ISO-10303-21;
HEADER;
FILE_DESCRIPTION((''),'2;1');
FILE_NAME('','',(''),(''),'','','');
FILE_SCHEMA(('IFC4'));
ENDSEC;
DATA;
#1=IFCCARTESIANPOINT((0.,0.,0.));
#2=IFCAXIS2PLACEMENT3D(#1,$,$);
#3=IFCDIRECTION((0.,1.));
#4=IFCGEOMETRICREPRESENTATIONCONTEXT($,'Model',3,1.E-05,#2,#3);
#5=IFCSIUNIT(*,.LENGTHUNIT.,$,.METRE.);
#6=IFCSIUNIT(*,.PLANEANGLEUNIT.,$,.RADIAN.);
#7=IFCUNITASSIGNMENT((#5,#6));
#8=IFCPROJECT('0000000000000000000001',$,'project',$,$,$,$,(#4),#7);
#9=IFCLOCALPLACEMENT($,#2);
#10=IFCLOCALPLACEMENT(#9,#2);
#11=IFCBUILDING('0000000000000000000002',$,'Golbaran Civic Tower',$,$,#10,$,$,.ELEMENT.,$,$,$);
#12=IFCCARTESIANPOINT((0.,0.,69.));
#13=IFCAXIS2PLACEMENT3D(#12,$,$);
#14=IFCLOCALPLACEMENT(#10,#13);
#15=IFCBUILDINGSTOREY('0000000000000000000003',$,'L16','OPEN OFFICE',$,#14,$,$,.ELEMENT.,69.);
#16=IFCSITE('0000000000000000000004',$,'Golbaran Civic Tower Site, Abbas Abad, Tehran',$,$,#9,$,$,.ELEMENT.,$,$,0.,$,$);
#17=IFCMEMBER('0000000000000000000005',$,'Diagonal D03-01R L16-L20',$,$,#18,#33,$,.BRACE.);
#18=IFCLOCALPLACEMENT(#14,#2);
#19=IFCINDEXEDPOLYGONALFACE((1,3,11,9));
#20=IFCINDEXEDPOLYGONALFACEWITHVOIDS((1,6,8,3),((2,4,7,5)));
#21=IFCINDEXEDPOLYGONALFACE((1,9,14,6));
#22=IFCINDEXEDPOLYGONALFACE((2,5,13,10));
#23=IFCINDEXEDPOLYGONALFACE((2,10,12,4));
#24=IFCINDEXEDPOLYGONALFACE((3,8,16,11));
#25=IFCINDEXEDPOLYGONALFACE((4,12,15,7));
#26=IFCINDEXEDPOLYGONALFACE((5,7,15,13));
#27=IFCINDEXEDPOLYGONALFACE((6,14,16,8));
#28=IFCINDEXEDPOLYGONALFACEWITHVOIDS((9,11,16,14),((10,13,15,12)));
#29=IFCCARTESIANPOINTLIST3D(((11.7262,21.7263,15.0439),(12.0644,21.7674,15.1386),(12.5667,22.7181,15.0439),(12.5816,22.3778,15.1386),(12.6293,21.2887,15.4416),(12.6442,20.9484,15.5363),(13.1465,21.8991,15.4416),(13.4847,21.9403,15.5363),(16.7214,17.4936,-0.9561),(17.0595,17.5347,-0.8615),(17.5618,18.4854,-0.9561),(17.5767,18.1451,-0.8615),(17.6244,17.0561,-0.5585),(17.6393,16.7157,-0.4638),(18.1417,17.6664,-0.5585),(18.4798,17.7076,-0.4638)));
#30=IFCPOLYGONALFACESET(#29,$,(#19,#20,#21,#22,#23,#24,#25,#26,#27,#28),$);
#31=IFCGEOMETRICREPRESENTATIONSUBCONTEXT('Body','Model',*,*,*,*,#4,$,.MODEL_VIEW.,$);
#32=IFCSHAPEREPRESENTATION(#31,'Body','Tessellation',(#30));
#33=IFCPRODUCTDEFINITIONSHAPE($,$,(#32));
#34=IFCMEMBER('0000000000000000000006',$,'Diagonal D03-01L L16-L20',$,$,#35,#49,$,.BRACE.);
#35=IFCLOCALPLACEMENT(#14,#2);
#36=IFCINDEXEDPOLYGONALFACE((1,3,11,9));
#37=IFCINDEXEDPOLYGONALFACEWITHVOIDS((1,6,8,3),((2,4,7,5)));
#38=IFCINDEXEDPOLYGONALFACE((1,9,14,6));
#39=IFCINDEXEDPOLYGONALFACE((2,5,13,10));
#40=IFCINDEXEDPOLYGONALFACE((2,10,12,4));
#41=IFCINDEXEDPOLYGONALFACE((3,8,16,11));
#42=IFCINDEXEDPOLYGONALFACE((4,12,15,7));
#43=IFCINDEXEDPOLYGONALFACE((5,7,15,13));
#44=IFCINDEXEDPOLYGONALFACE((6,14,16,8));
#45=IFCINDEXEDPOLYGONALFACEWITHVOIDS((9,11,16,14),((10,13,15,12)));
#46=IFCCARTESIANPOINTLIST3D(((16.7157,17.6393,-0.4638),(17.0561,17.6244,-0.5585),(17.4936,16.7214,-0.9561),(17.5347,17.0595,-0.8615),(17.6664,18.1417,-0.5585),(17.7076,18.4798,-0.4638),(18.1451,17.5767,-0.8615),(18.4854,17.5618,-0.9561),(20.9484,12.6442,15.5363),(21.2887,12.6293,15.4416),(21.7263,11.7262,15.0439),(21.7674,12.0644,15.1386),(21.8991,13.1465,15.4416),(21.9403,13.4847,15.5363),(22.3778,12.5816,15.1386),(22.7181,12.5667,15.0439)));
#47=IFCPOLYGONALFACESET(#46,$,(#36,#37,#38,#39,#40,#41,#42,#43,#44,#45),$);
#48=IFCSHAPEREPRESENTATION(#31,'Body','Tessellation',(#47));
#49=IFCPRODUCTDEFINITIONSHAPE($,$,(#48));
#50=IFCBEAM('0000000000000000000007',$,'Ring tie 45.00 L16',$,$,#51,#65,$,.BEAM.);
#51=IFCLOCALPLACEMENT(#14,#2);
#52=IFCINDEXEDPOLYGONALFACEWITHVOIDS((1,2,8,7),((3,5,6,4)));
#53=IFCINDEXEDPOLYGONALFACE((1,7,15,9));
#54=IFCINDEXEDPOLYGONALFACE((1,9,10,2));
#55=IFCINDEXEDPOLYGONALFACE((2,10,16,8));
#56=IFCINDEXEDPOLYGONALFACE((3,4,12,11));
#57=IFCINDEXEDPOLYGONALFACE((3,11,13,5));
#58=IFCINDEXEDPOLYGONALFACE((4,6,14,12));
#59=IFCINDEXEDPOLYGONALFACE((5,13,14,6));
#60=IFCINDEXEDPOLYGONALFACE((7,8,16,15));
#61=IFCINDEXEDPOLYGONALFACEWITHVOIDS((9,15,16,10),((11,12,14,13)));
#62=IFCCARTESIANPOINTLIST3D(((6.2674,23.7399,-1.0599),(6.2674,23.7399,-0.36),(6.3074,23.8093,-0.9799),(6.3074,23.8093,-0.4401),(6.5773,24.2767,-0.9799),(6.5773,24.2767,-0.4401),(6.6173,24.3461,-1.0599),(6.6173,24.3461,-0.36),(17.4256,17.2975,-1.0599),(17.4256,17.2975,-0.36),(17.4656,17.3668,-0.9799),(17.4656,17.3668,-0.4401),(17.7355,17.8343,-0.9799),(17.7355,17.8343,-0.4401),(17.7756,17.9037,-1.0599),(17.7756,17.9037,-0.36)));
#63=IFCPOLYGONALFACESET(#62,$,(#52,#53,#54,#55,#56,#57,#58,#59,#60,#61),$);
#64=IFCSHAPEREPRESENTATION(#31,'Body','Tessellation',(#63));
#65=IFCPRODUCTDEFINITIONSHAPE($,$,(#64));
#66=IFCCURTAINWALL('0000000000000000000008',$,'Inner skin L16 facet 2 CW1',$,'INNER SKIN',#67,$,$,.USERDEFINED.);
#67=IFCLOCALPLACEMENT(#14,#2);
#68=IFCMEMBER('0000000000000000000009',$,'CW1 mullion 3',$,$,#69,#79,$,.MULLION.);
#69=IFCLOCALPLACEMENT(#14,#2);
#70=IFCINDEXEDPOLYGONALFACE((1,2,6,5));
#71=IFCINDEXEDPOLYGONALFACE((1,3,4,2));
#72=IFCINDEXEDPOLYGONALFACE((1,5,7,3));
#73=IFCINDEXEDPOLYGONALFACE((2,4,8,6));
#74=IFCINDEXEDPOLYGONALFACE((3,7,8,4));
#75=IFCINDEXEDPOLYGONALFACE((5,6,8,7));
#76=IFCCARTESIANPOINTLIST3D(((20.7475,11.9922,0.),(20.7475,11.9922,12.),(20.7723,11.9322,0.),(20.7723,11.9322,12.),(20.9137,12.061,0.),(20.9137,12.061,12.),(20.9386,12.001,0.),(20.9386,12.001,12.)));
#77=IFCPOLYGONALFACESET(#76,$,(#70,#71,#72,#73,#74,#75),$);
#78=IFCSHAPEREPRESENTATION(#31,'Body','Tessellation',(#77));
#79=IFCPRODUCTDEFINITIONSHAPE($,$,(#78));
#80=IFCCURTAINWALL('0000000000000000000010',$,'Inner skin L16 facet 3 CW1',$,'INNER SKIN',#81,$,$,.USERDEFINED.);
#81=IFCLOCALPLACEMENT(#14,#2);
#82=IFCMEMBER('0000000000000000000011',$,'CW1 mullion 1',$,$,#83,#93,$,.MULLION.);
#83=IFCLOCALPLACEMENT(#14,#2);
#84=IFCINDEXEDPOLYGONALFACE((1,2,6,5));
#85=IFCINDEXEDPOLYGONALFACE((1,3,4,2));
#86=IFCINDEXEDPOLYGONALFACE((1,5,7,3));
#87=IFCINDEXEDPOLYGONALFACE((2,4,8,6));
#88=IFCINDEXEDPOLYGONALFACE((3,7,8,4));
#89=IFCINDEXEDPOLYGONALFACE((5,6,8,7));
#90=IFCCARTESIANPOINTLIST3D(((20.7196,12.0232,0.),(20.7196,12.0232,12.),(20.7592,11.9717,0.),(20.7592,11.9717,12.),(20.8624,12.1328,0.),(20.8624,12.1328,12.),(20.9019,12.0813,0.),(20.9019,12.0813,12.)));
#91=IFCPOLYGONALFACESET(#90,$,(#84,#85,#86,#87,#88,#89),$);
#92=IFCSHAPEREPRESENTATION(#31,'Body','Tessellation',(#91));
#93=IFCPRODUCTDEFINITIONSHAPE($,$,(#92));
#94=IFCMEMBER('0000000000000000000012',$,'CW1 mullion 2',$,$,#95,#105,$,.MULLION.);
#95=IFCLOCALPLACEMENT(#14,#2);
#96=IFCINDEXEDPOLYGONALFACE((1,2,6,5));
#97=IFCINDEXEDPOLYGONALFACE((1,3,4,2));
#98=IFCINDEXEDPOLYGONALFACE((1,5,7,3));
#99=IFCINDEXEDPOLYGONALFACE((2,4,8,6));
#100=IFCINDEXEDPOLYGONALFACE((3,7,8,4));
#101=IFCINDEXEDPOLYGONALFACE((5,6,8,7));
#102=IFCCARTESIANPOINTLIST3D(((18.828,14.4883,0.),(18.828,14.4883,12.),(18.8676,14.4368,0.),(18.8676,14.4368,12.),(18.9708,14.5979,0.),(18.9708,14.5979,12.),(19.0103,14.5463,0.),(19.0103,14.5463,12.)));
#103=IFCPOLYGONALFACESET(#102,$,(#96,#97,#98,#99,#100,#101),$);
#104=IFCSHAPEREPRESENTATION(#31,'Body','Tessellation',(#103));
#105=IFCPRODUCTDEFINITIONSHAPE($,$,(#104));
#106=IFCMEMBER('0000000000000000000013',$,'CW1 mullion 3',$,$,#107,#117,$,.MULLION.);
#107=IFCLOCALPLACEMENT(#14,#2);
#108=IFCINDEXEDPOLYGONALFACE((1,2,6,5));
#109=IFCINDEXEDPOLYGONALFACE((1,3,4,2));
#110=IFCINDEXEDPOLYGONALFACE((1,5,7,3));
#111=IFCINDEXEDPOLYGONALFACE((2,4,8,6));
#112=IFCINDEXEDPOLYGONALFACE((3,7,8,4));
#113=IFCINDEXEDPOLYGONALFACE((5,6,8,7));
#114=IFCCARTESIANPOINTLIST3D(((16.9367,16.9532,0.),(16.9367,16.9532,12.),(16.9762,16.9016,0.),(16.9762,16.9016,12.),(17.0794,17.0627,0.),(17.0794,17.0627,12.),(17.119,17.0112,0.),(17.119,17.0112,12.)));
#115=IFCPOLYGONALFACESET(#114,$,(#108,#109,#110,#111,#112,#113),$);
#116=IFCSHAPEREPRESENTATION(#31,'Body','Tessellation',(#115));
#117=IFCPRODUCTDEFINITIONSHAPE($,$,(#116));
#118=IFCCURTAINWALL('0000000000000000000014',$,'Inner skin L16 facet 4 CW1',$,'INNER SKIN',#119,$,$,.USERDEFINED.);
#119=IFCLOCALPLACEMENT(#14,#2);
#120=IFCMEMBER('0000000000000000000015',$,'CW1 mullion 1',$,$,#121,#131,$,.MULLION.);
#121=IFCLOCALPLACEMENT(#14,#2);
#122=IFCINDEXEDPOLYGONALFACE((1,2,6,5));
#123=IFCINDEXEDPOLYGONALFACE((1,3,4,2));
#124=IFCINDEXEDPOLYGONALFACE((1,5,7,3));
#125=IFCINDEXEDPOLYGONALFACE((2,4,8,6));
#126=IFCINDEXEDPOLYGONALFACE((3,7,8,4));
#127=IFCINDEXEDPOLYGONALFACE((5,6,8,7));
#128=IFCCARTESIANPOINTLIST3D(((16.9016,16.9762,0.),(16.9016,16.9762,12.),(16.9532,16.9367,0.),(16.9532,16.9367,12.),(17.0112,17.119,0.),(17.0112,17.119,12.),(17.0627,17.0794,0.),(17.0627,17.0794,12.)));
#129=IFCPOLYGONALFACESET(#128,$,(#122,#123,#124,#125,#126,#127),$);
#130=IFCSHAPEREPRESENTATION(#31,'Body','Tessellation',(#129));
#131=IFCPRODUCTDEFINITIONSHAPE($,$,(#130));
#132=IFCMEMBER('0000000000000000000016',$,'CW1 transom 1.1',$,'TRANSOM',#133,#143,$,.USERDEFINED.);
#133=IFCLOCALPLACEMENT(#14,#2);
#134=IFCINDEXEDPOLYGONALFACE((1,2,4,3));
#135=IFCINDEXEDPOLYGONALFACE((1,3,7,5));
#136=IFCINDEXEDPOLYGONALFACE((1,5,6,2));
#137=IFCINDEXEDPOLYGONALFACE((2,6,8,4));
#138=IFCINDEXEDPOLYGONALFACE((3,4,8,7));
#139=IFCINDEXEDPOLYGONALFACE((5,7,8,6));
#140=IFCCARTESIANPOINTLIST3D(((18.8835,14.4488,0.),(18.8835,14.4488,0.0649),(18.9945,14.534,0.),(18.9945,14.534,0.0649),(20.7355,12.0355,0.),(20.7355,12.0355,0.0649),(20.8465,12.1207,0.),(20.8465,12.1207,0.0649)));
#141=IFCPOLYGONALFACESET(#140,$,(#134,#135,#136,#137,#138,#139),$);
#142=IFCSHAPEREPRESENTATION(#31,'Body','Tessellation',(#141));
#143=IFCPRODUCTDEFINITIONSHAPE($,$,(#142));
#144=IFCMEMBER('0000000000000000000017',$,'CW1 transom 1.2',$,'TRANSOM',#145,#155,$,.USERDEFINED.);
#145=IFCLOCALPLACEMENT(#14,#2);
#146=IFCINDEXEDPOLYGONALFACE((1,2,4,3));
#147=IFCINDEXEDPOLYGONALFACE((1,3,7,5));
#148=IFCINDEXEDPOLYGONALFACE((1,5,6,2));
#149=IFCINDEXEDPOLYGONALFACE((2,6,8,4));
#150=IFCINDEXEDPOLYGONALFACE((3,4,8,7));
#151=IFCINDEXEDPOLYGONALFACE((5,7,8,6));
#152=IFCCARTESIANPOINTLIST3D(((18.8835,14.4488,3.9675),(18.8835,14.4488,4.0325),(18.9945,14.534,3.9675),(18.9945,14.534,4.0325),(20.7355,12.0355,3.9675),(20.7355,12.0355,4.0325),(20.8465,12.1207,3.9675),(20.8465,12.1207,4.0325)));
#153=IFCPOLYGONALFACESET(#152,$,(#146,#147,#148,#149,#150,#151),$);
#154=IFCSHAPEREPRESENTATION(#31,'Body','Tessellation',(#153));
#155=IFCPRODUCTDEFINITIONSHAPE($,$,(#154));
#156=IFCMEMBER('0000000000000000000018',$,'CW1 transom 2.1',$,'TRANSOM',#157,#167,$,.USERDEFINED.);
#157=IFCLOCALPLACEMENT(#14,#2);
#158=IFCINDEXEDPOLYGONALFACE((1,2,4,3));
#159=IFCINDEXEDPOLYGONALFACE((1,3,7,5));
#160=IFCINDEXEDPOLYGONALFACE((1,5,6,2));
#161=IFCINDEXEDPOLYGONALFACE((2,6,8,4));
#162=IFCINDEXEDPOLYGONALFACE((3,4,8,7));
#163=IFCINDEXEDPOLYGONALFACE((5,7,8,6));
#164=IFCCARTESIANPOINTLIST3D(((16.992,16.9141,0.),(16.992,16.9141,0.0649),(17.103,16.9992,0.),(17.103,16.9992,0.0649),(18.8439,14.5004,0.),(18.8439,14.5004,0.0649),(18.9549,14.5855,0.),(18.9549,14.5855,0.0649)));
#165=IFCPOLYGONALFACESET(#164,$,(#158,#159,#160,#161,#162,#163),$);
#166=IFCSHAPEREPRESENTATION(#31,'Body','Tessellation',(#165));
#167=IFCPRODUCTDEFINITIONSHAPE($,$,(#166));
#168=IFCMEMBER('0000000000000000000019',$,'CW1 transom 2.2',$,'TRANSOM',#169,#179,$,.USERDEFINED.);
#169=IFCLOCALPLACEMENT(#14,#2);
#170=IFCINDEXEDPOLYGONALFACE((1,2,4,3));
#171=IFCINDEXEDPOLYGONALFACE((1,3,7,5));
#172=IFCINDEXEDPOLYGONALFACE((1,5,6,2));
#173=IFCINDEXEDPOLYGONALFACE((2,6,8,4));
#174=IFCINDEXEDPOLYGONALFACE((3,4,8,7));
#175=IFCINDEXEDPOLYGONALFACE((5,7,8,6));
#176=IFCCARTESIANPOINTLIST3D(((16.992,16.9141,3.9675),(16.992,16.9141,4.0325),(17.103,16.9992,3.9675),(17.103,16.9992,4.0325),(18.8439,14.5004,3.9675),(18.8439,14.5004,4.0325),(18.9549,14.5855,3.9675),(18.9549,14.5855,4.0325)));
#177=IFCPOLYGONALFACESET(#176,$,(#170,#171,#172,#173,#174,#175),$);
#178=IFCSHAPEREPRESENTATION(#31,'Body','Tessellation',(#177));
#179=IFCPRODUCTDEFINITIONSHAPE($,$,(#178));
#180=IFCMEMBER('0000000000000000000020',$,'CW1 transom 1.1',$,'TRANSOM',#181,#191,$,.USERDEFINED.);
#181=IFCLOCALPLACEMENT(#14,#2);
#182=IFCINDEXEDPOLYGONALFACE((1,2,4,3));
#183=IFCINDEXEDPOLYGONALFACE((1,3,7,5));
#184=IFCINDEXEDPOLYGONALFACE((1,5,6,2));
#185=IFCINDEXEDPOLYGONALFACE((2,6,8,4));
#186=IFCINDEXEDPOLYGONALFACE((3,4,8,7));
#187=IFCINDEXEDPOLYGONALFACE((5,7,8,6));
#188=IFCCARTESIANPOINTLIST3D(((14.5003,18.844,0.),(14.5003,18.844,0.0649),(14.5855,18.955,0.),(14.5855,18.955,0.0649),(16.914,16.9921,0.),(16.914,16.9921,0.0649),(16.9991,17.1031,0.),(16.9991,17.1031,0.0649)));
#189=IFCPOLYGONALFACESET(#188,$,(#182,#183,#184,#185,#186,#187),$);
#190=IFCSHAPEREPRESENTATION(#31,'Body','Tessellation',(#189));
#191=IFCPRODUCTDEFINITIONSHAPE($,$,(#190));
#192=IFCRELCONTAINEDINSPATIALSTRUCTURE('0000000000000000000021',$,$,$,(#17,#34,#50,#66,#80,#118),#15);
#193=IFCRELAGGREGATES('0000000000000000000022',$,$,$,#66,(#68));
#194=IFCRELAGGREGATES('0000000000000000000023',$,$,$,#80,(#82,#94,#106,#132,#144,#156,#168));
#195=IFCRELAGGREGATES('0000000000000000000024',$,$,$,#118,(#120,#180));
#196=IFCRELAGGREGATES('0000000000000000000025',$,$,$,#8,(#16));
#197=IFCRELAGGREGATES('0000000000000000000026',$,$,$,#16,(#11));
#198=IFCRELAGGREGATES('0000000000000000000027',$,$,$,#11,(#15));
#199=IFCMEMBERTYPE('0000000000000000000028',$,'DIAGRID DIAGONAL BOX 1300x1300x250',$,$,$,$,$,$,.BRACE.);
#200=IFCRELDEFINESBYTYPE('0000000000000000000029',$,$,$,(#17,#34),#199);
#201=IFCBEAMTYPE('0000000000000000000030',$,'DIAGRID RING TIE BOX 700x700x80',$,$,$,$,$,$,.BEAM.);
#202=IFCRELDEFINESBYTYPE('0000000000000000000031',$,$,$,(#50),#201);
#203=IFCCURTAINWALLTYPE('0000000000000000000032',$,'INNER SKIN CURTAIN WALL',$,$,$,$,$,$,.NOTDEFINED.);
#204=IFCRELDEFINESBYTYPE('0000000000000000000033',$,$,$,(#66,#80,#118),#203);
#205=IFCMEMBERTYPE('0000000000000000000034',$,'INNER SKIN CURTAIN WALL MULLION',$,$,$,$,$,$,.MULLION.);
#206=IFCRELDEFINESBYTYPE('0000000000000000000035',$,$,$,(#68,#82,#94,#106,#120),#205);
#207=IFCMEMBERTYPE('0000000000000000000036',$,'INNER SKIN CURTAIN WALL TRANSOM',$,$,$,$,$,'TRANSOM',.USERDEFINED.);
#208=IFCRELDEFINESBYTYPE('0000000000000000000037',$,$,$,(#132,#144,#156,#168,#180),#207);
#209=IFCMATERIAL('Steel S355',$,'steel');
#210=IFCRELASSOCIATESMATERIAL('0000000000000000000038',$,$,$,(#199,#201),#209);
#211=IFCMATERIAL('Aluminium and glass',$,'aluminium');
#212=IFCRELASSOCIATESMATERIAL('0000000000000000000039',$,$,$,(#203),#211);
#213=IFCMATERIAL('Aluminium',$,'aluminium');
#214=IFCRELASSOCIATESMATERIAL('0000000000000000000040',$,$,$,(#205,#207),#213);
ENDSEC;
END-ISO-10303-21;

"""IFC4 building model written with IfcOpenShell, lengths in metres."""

from ifc_helpers import new_model, si_unit, direction, frame, origin, origin_2d, place, context, subcontext, project, spatial, rectangle, hollow_rectangle, extrude, material, material_profile, profile_set, type_object, element, aggregate, save


model = new_model("IFC4")

# Units and contexts
model_context = context("Model", 3, precision=1e-05, world=origin(), true_north=direction((0.0, 1.0)))
body_context = subcontext(model_context, "Body", "Model", "MODEL_VIEW")
ifc_project = project(units=[si_unit("LENGTHUNIT", "METRE"), si_unit("PLANEANGLEUNIT", "RADIAN")], contexts=[model_context])

# Site, building, storey
site_placement = place(None, origin())
site = spatial("IfcSite", under=ifc_project, at=site_placement, Name="Golbaran Civic Tower Site, Abbas Abad, Tehran", CompositionType="ELEMENT", RefElevation=0.0)
building_placement = place(site_placement, origin())
building = spatial("IfcBuilding", under=site, at=building_placement, Name="Golbaran Civic Tower", CompositionType="ELEMENT")
storey_placement = place(building_placement, frame((0.0, 0.0, 69.0)))
storey = spatial("IfcBuildingStorey", under=building, at=storey_placement, Name="L16", Description="OPEN OFFICE", CompositionType="ELEMENT", Elevation=69.0)

# Members
ifc_material_1 = material(Name="Steel S355", Category="steel")
ifc_material_profile_1 = material_profile(ifc_material_1, hollow_rectangle(XDim=1.3, YDim=1.3, WallThickness=0.25, at=origin_2d()), Name="BOX 1300x1300x250")
ifc_profile_set_1 = profile_set([ifc_material_profile_1], Name="Steel S355")
member_type_1 = type_object("IfcMemberType", Name="DIAGRID DIAGONAL BOX 1300x1300x250", PredefinedType="BRACE", material=ifc_profile_set_1)
for number, where, z_axis, x_axis, name in (
    (1, (17.6006, 17.6006, -0.71), (-0.28894, 0.244836, 0.92551), (-0.646479, -0.762932, 0.0), "Diagonal D03-01R L16-L20"),
    (2, (17.6006, 17.6006, -0.71), (0.244836, -0.28894, 0.92551), (0.762932, 0.646479, 0.0), "Diagonal D03-01L L16-L20"),
):
    element("IfcMember", number, at=place(storey_placement, frame(where, z_axis=z_axis, x_axis=x_axis)), inside=storey, type_object=member_type_1, Name=name, PredefinedType="BRACE", context=body_context, shape_type="SweptSolid", body=[
        extrude(hollow_rectangle(XDim=1.3, YDim=1.3, WallThickness=0.25, at=origin_2d()), origin(), (0.0, 0.0, 1.0), 17.2878),
    ])

# Beam
ifc_material_profile_2 = material_profile(ifc_material_1, hollow_rectangle(XDim=0.7, YDim=0.7, WallThickness=0.0801, at=origin_2d()), Name="BOX 700x700x80")
ifc_profile_set_2 = profile_set([ifc_material_profile_2], Name="Steel S355")
beam_type = type_object("IfcBeamType", Name="DIAGRID RING TIE BOX 700x700x80", PredefinedType="BEAM", material=ifc_profile_set_2)
beam_placement = place(storey_placement, frame((17.6006, 17.6006, -0.71), z_axis=(-0.866019, 0.500011, 0.0), x_axis=(-0.500011, -0.866019, 0.0)))
element("IfcBeam", 3, at=beam_placement, inside=storey, type_object=beam_type, Name="Ring tie 45.00 L16", PredefinedType="BEAM", context=body_context, shape_type="SweptSolid", body=[
    extrude(hollow_rectangle(XDim=0.7, YDim=0.7, WallThickness=0.0801, at=origin_2d()), origin(), (0.0, 0.0, 1.0), 12.8845),
])

# Curtain wall, member
ifc_material_2 = material(Name="Aluminium and glass", Category="aluminium")
curtain_wall_type_1 = type_object("IfcCurtainWallType", Name="INNER SKIN CURTAIN WALL", PredefinedType="NOTDEFINED", material=ifc_material_2)
curtain_wall_1_placement = place(storey_placement, origin())
curtain_wall_1 = element("IfcCurtainWall", 4, at=curtain_wall_1_placement, inside=storey, type_object=curtain_wall_type_1, Name="Inner skin L16 facet 2 CW1", ObjectType="INNER SKIN", PredefinedType="USERDEFINED")
ifc_material_3 = material(Name="Aluminium", Category="aluminium")
ifc_material_profile_3 = material_profile(ifc_material_3, rectangle(XDim=0.1799, YDim=0.0649, at=origin_2d()), Name="INNER SKIN CURTAIN WALL MULLION")
ifc_profile_set_3 = profile_set([ifc_material_profile_3], Name="Aluminium")
member_type_2 = type_object("IfcMemberType", Name="INNER SKIN CURTAIN WALL MULLION", PredefinedType="MULLION", material=ifc_profile_set_3)
member_1_placement = place(storey_placement, frame((20.843, 11.9966, 0.0), z_axis=(0.0, 0.0, 1.0), x_axis=(-0.92388, -0.382683, 0.0)))
member_1 = element("IfcMember", 5, at=member_1_placement, type_object=member_type_2, Name="CW1 mullion 3", PredefinedType="MULLION", context=body_context, shape_type="SweptSolid", body=[
    extrude(rectangle(XDim=0.1799, YDim=0.0649, at=origin_2d()), origin(), (0.0, 0.0, 1.0), 12.0),
])

# Curtain wall, members
curtain_wall_2_placement = place(storey_placement, origin())
curtain_wall_2 = element("IfcCurtainWall", 6, at=curtain_wall_2_placement, inside=storey, type_object=curtain_wall_type_1, Name="Inner skin L16 facet 3 CW1", ObjectType="INNER SKIN", PredefinedType="USERDEFINED")
member_2_placement = place(storey_placement, frame((20.8108, 12.0522, 0.0), z_axis=(0.0, 0.0, 1.0), x_axis=(-0.793353, -0.608761, 0.0)))
member_2 = element("IfcMember", 7, at=member_2_placement, type_object=member_type_2, Name="CW1 mullion 1", PredefinedType="MULLION", context=body_context, shape_type="SweptSolid", body=[
    extrude(rectangle(XDim=0.1799, YDim=0.0649, at=origin_2d()), origin(), (0.0, 0.0, 1.0), 12.0),
])
member_3_placement = place(storey_placement, frame((18.9192, 14.5173, 0.0), z_axis=(0.0, 0.0, 1.0), x_axis=(-0.793353, -0.608761, 0.0)))
member_3 = element("IfcMember", 8, at=member_3_placement, type_object=member_type_2, Name="CW1 mullion 2", PredefinedType="MULLION", context=body_context, shape_type="SweptSolid", body=[
    extrude(rectangle(XDim=0.1799, YDim=0.0649, at=origin_2d()), origin(), (0.0, 0.0, 1.0), 12.0),
])
member_4_placement = place(storey_placement, frame((17.0278, 16.9822, 0.0), z_axis=(0.0, 0.0, 1.0), x_axis=(-0.793353, -0.608761, 0.0)))
member_4 = element("IfcMember", 9, at=member_4_placement, type_object=member_type_2, Name="CW1 mullion 3", PredefinedType="MULLION", context=body_context, shape_type="SweptSolid", body=[
    extrude(rectangle(XDim=0.1799, YDim=0.0649, at=origin_2d()), origin(), (0.0, 0.0, 1.0), 12.0),
])

# Curtain wall, member
curtain_wall_3_placement = place(storey_placement, origin())
curtain_wall_3 = element("IfcCurtainWall", 10, at=curtain_wall_3_placement, inside=storey, type_object=curtain_wall_type_1, Name="Inner skin L16 facet 4 CW1", ObjectType="INNER SKIN", PredefinedType="USERDEFINED")
member_5_placement = place(storey_placement, frame((16.9822, 17.0278, 0.0), z_axis=(0.0, 0.0, 1.0), x_axis=(-0.608761, -0.793353, 0.0)))
member_5 = element("IfcMember", 11, at=member_5_placement, type_object=member_type_2, Name="CW1 mullion 1", PredefinedType="MULLION", context=body_context, shape_type="SweptSolid", body=[
    extrude(rectangle(XDim=0.1799, YDim=0.0649, at=origin_2d()), origin(), (0.0, 0.0, 1.0), 12.0),
])

# Members
ifc_material_profile_4 = material_profile(ifc_material_3, rectangle(XDim=0.1399, YDim=0.0649, at=origin_2d()), Name="INNER SKIN CURTAIN WALL TRANSOM")
ifc_profile_set_4 = profile_set([ifc_material_profile_4], Name="Aluminium")
member_type_3 = type_object("IfcMemberType", Name="INNER SKIN CURTAIN WALL TRANSOM", ElementType="TRANSOM", PredefinedType="USERDEFINED", material=ifc_profile_set_4)
member_6_placement = place(storey_placement, frame((20.791, 12.0781, 0.0325), z_axis=(-0.608811, 0.793316, 0.0), x_axis=(-0.793316, -0.608811, 0.0)))
member_6 = element("IfcMember", 12, at=member_6_placement, type_object=member_type_3, Name="CW1 transom 1.1", ObjectType="TRANSOM", PredefinedType="USERDEFINED", context=body_context, shape_type="SweptSolid", body=[
    extrude(rectangle(XDim=0.1399, YDim=0.0649, at=origin_2d()), origin(), (0.0, 0.0, 1.0), 3.042),
])
member_7_placement = place(storey_placement, frame((20.791, 12.0781, 4.0), z_axis=(-0.608811, 0.793316, 0.0), x_axis=(-0.793316, -0.608811, 0.0)))
member_7 = element("IfcMember", 13, at=member_7_placement, type_object=member_type_3, Name="CW1 transom 1.2", ObjectType="TRANSOM", PredefinedType="USERDEFINED", context=body_context, shape_type="SweptSolid", body=[
    extrude(rectangle(XDim=0.1399, YDim=0.0649, at=origin_2d()), origin(), (0.0, 0.0, 1.0), 3.042),
])
member_8_placement = place(storey_placement, frame((18.8994, 14.543, 0.0325), z_axis=(-0.608721, 0.793384, 0.0), x_axis=(-0.793384, -0.608721, 0.0)))
member_8 = element("IfcMember", 14, at=member_8_placement, type_object=member_type_3, Name="CW1 transom 2.1", ObjectType="TRANSOM", PredefinedType="USERDEFINED", context=body_context, shape_type="SweptSolid", body=[
    extrude(rectangle(XDim=0.1399, YDim=0.0649, at=origin_2d()), origin(), (0.0, 0.0, 1.0), 3.0422),
])
member_9_placement = place(storey_placement, frame((18.8994, 14.543, 4.0), z_axis=(-0.608721, 0.793384, 0.0), x_axis=(-0.793384, -0.608721, 0.0)))
member_9 = element("IfcMember", 15, at=member_9_placement, type_object=member_type_3, Name="CW1 transom 2.2", ObjectType="TRANSOM", PredefinedType="USERDEFINED", context=body_context, shape_type="SweptSolid", body=[
    extrude(rectangle(XDim=0.1399, YDim=0.0649, at=origin_2d()), origin(), (0.0, 0.0, 1.0), 3.0422),
])
member_10_placement = place(storey_placement, frame((16.9565, 17.0476, 0.0325), z_axis=(-0.793384, 0.608721, 0.0), x_axis=(-0.608721, -0.793384, 0.0)))
member_10 = element("IfcMember", 16, at=member_10_placement, type_object=member_type_3, Name="CW1 transom 1.1", ObjectType="TRANSOM", PredefinedType="USERDEFINED", context=body_context, shape_type="SweptSolid", body=[
    extrude(rectangle(XDim=0.1399, YDim=0.0649, at=origin_2d()), origin(), (0.0, 0.0, 1.0), 3.0422),
])

aggregate(curtain_wall_1, [member_1])
aggregate(curtain_wall_2, [member_2, member_3, member_4, member_6, member_7, member_8, member_9])
aggregate(curtain_wall_3, [member_5, member_10])

save(model, "model.ifc")
